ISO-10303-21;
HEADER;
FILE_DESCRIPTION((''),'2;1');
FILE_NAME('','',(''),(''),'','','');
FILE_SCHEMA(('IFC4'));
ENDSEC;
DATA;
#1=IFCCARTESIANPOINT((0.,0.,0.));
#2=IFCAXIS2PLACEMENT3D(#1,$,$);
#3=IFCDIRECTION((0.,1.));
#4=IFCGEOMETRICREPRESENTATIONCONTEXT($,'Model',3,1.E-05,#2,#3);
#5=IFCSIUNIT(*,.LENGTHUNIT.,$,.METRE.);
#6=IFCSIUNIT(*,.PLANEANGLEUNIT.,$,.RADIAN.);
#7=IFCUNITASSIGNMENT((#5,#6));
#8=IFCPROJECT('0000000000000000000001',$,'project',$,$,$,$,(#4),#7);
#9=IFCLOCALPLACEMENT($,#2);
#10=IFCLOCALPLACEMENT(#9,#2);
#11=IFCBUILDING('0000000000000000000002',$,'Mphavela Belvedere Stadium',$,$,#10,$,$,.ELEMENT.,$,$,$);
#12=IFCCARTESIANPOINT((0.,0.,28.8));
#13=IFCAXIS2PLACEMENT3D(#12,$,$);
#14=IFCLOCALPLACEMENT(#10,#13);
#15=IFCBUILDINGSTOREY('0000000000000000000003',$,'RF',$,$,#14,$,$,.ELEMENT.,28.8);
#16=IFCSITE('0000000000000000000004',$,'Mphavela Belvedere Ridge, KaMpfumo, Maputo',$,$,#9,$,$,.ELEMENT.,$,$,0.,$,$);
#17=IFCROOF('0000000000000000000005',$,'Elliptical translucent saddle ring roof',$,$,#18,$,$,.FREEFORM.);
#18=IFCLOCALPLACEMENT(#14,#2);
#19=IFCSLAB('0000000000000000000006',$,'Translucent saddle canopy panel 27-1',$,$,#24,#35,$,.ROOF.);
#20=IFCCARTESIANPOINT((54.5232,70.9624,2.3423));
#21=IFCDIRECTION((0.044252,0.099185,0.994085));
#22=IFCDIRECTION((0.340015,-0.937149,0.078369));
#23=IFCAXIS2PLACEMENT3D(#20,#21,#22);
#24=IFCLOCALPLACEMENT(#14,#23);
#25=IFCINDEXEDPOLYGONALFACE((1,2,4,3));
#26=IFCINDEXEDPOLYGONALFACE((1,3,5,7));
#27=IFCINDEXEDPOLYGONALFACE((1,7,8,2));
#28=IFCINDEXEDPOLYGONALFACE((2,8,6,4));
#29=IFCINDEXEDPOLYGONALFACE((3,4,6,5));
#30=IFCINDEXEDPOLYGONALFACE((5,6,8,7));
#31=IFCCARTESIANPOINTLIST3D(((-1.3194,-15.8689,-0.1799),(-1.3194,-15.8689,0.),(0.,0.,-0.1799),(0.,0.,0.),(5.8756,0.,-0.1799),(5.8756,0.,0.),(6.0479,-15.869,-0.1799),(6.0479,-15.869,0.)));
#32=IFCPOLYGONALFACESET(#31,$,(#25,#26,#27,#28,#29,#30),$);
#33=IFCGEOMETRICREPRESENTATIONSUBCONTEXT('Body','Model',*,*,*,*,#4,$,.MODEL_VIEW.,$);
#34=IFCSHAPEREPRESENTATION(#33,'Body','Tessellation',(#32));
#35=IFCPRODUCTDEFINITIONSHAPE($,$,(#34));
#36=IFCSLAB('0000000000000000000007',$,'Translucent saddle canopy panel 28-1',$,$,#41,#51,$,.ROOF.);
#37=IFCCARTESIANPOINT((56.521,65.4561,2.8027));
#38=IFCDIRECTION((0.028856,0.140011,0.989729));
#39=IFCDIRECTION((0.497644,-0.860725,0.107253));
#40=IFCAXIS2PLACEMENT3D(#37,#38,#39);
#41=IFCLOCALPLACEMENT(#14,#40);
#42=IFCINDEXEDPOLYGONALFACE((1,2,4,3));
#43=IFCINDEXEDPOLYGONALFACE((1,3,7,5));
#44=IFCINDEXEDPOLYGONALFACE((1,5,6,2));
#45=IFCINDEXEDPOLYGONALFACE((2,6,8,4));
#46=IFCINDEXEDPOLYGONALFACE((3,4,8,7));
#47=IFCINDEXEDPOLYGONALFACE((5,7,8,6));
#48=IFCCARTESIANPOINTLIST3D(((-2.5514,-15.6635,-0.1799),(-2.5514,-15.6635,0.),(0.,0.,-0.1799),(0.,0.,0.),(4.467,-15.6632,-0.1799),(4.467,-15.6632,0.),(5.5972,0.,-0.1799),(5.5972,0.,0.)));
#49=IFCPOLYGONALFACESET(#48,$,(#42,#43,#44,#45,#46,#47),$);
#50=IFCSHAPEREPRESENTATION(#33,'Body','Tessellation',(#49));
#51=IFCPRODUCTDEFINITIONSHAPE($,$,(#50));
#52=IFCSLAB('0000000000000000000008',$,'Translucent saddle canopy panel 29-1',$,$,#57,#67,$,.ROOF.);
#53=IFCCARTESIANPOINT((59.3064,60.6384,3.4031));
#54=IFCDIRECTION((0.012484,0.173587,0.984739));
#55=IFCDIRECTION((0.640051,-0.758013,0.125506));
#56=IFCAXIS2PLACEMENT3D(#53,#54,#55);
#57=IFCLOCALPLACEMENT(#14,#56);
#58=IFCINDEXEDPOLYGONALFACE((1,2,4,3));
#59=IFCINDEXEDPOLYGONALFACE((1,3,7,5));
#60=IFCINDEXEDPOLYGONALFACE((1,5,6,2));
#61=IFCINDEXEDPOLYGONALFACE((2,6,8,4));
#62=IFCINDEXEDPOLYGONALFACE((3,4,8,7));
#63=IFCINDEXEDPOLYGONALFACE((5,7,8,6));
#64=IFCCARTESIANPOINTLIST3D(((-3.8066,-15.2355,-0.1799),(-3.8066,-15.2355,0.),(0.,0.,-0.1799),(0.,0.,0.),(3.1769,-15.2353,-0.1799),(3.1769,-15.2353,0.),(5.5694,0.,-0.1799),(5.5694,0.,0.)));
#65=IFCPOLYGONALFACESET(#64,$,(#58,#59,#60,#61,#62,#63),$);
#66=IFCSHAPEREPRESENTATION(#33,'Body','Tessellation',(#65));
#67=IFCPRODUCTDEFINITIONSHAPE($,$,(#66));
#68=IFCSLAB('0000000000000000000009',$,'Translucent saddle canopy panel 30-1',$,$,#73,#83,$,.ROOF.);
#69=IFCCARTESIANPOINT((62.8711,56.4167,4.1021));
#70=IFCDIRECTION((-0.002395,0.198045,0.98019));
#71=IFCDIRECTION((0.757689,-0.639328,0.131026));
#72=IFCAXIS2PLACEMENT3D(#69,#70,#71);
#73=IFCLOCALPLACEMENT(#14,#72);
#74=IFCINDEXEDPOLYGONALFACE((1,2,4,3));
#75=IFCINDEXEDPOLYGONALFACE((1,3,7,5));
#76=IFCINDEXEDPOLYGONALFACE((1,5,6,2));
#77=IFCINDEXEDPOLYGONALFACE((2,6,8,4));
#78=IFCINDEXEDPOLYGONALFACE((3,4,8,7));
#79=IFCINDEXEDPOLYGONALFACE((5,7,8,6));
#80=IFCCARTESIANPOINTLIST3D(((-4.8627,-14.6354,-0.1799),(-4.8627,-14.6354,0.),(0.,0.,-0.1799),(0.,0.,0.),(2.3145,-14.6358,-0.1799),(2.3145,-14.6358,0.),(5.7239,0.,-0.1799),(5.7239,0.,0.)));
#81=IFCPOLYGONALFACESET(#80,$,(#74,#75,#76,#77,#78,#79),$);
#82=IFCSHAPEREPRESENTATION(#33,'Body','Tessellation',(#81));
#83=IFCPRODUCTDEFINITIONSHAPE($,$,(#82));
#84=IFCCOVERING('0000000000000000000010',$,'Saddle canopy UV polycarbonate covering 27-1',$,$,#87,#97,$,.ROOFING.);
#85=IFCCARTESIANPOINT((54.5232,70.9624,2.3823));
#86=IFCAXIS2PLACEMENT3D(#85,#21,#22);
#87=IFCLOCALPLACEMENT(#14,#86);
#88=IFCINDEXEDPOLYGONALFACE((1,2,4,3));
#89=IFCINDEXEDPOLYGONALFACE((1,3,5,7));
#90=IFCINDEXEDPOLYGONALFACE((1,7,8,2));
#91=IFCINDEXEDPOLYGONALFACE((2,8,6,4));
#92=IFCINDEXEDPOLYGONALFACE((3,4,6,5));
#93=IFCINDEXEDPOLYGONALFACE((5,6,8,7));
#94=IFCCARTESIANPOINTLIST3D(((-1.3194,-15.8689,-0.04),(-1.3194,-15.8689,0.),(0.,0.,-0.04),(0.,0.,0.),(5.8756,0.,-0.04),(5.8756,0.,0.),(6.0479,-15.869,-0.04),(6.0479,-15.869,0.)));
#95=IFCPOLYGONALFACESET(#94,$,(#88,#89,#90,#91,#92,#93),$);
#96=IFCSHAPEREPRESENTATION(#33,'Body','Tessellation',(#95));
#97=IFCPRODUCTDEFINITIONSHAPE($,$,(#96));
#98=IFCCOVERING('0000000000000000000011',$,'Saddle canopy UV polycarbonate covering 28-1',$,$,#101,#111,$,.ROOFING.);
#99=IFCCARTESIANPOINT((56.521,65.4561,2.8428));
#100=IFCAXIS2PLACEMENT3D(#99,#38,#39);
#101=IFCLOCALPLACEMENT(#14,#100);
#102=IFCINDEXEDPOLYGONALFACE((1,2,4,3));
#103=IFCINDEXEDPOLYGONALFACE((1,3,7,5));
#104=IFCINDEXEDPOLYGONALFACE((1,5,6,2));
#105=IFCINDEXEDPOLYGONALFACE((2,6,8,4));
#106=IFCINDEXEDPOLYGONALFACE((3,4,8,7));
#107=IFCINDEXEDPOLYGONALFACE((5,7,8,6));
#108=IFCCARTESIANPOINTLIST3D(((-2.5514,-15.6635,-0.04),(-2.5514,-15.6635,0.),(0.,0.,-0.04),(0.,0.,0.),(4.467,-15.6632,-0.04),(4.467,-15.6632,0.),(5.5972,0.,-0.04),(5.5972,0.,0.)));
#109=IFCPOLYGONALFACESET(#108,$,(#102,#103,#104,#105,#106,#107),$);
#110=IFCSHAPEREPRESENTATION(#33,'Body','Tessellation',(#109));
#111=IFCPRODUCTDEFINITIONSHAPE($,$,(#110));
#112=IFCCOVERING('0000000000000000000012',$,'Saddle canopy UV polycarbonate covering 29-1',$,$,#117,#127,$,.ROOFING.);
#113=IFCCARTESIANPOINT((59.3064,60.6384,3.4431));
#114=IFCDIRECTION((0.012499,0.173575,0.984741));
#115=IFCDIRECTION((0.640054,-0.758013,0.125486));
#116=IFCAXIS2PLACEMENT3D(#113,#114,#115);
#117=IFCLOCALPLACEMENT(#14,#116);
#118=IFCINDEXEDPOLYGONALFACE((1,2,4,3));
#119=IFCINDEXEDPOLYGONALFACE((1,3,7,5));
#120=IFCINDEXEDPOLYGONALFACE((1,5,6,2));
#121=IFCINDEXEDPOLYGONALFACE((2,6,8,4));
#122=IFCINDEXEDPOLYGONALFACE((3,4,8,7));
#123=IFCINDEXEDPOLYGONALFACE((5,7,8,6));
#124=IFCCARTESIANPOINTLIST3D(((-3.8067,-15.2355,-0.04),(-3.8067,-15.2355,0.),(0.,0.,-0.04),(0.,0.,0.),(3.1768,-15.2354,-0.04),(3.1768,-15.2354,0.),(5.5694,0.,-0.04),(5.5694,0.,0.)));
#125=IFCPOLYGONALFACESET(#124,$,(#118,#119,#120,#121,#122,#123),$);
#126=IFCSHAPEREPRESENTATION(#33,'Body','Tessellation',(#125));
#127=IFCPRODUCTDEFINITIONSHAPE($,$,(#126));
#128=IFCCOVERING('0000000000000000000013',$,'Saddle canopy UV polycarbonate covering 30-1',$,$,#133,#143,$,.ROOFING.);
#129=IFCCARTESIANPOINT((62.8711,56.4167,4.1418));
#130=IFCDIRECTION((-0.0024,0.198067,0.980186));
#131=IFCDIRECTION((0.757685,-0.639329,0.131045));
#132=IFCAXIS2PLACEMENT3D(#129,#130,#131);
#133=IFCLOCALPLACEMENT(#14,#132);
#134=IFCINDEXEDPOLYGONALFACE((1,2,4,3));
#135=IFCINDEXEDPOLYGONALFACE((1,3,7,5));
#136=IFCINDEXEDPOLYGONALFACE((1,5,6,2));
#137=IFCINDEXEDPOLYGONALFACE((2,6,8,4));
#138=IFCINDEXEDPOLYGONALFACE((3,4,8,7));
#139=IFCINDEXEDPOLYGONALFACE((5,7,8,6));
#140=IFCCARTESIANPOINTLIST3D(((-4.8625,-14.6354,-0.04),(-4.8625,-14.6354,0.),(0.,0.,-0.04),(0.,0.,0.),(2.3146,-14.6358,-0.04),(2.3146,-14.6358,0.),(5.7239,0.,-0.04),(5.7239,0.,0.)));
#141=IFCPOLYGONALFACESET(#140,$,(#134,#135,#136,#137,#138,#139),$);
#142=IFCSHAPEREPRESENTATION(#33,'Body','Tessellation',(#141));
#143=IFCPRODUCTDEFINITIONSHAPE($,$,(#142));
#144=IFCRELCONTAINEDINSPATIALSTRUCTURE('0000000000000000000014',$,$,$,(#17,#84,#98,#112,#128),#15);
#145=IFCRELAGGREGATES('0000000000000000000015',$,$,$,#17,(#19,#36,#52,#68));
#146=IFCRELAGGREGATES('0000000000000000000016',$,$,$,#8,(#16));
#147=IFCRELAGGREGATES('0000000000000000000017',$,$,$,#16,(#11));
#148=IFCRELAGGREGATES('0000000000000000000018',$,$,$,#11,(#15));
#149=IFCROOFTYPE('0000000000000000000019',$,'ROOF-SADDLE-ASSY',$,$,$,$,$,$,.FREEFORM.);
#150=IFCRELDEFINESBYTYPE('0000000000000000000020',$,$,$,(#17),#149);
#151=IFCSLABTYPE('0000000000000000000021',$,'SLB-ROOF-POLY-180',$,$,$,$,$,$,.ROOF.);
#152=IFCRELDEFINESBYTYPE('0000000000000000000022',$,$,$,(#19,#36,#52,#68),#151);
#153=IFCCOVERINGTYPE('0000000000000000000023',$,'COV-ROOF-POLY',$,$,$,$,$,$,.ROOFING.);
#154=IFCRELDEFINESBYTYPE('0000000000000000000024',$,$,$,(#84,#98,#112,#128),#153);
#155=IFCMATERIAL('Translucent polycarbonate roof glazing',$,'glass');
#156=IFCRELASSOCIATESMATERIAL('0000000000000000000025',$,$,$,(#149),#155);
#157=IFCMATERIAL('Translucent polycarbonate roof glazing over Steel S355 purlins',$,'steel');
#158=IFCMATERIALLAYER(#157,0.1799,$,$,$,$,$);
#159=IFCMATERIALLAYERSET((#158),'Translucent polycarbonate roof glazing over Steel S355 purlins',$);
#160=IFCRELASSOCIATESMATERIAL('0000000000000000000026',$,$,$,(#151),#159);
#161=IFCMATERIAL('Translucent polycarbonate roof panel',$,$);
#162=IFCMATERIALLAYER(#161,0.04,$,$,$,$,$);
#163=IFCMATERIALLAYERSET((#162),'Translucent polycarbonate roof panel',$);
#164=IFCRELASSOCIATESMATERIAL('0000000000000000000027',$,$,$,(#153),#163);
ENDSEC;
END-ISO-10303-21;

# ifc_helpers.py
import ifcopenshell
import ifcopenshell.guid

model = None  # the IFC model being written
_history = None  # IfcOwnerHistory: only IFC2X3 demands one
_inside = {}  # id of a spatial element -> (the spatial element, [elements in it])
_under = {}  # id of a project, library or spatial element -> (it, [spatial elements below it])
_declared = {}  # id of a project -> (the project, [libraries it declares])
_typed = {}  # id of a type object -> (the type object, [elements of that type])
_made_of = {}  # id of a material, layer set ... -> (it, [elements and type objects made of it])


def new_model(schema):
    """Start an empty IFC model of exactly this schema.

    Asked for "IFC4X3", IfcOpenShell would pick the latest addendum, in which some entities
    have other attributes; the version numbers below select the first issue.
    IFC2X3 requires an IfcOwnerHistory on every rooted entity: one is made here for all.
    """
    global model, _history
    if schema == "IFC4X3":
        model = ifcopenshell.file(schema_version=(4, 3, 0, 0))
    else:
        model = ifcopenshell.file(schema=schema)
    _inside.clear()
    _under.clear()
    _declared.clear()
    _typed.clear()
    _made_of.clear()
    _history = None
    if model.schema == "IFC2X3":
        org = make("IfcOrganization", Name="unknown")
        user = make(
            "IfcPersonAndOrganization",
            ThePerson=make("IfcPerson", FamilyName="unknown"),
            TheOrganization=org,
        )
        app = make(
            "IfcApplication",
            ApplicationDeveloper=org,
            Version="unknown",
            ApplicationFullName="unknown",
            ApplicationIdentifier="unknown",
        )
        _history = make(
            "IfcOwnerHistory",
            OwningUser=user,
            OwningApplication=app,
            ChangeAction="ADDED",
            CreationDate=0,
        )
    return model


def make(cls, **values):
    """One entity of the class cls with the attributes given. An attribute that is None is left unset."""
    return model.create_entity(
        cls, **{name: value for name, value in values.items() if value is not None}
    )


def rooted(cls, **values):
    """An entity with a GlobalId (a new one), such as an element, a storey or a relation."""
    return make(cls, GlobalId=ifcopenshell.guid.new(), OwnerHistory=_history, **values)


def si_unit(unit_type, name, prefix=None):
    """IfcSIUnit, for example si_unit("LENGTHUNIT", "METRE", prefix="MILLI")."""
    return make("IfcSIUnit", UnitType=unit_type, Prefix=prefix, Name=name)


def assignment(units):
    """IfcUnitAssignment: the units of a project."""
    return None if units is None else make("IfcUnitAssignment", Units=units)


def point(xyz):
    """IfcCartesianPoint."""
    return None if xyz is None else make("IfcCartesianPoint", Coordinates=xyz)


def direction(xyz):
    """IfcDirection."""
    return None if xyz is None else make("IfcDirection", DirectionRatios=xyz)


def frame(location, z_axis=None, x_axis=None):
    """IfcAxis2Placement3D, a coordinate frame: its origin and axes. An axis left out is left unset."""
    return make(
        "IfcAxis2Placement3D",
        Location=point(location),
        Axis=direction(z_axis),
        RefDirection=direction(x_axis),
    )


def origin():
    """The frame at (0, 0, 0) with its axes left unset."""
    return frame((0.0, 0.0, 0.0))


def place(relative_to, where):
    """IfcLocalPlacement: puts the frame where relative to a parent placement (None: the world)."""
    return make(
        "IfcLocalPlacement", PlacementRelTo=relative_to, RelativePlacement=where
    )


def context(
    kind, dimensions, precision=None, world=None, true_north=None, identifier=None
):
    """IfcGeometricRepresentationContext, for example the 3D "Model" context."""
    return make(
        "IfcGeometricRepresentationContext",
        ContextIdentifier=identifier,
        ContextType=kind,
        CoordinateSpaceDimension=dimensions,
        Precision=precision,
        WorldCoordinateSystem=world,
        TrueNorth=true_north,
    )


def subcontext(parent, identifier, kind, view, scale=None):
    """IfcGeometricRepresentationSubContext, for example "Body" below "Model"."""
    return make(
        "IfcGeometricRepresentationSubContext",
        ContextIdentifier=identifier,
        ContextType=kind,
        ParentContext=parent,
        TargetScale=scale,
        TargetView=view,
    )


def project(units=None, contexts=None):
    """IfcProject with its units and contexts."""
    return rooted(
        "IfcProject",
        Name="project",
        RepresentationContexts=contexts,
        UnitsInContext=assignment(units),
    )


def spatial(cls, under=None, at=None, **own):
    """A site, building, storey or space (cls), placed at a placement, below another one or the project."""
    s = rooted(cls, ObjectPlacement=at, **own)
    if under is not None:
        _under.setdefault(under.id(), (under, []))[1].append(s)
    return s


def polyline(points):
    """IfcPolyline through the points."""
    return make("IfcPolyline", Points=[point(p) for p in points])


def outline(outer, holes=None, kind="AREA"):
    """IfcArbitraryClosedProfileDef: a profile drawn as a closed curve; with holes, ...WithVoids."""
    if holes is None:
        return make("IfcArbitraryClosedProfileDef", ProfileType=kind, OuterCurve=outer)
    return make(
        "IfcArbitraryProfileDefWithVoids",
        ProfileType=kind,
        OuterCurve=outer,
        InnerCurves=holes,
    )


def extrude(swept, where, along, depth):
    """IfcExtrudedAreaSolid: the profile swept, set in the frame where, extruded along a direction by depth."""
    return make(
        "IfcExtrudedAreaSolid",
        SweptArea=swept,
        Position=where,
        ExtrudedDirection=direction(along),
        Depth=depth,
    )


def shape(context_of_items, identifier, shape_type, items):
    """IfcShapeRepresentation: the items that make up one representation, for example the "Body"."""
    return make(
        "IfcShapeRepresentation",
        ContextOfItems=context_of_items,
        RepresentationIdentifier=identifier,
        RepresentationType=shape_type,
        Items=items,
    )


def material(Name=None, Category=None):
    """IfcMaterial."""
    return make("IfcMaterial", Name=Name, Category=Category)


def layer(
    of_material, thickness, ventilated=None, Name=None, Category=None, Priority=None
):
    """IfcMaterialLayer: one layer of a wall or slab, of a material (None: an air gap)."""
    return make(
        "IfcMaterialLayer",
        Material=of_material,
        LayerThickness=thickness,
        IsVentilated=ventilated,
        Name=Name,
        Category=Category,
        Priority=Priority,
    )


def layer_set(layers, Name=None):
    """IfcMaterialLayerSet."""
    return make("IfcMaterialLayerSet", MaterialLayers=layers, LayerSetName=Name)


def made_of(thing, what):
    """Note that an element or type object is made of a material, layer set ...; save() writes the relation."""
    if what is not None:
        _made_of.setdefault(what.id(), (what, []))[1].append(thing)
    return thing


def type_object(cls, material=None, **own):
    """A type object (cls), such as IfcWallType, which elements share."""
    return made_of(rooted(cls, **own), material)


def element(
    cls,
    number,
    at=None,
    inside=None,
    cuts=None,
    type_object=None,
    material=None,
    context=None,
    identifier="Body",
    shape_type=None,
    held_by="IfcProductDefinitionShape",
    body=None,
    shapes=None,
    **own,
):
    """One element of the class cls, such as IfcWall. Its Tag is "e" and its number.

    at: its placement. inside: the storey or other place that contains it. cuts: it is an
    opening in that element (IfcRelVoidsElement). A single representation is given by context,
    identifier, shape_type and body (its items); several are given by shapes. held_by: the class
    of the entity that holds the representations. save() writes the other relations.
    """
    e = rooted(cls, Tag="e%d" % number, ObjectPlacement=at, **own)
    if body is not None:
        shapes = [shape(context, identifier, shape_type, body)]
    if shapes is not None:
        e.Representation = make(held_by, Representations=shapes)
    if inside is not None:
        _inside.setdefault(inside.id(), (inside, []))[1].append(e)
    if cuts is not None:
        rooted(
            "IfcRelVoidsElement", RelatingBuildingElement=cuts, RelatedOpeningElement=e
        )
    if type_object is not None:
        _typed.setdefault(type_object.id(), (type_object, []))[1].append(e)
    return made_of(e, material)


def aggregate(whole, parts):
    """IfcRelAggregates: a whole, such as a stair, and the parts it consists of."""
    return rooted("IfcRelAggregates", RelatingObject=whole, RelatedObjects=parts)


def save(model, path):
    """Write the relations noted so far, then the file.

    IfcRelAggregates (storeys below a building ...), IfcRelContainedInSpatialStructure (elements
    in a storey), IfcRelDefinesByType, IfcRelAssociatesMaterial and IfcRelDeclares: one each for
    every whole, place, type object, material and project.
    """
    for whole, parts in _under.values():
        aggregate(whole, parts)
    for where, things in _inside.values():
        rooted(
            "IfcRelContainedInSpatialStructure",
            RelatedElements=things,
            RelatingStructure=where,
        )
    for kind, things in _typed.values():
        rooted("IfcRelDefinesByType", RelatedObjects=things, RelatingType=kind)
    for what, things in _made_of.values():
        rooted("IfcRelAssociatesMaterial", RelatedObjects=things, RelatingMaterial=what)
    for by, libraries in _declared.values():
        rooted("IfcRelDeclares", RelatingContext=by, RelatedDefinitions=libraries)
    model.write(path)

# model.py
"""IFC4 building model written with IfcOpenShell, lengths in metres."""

from ifc_helpers import new_model, si_unit, direction, frame, origin, place, context, subcontext, project, spatial, polyline, outline, extrude, material, layer, layer_set, type_object, element, aggregate, save


model = new_model("IFC4")

# Units and contexts
model_context = context("Model", 3, precision=1e-05, world=origin(), true_north=direction((0.0, 1.0)))
body_context = subcontext(model_context, "Body", "Model", "MODEL_VIEW")
ifc_project = project(units=[si_unit("LENGTHUNIT", "METRE"), si_unit("PLANEANGLEUNIT", "RADIAN")], contexts=[model_context])

# Site, building, storey
site_placement = place(None, origin())
site = spatial("IfcSite", under=ifc_project, at=site_placement, Name="Mphavela Belvedere Ridge, KaMpfumo, Maputo", CompositionType="ELEMENT", RefElevation=0.0)
building_placement = place(site_placement, origin())
building = spatial("IfcBuilding", under=site, at=building_placement, Name="Mphavela Belvedere Stadium", CompositionType="ELEMENT")
storey_placement = place(building_placement, frame((0.0, 0.0, 28.8)))
storey = spatial("IfcBuildingStorey", under=building, at=storey_placement, Name="RF", CompositionType="ELEMENT", Elevation=28.8)

# Roof, slabs
ifc_material_1 = material(Name="Translucent polycarbonate roof glazing", Category="glass")
roof_type = type_object("IfcRoofType", Name="ROOF-SADDLE-ASSY", PredefinedType="FREEFORM", material=ifc_material_1)
roof_placement = place(storey_placement, origin())
roof = element("IfcRoof", 1, at=roof_placement, inside=storey, type_object=roof_type, Name="Elliptical translucent saddle ring roof", PredefinedType="FREEFORM")
ifc_material_2 = material(Name="Translucent polycarbonate roof glazing over Steel S355 purlins", Category="steel")
ifc_layer_1 = layer(ifc_material_2, 0.1799)
ifc_layer_set_1 = layer_set([ifc_layer_1], Name="Translucent polycarbonate roof glazing over Steel S355 purlins")
slab_type = type_object("IfcSlabType", Name="SLB-ROOF-POLY-180", PredefinedType="ROOF", material=ifc_layer_set_1)
slab_1_placement = place(storey_placement, frame((54.5232, 70.9624, 2.3423), z_axis=(0.044252, 0.099185, 0.994085), x_axis=(0.340015, -0.937149, 0.078369)))
slab_1 = element("IfcSlab", 2, at=slab_1_placement, type_object=slab_type, Name="Translucent saddle canopy panel 27-1", PredefinedType="ROOF", context=body_context, shape_type="SweptSolid", body=[
    extrude(outline(polyline([(0.0, 0.0), (5.8756, 0.0), (6.0479, -15.869), (-1.3194, -15.8689), (0.0, 0.0)])), origin(), (0.0, 0.0, -1.0), 0.1799),
])
slab_2_placement = place(storey_placement, frame((56.521, 65.4561, 2.8027), z_axis=(0.028856, 0.140011, 0.989729), x_axis=(0.497644, -0.860725, 0.107253)))
slab_2 = element("IfcSlab", 3, at=slab_2_placement, type_object=slab_type, Name="Translucent saddle canopy panel 28-1", PredefinedType="ROOF", context=body_context, shape_type="SweptSolid", body=[
    extrude(outline(polyline([(0.0, 0.0), (5.5972, 0.0), (4.467, -15.6632), (-2.5514, -15.6635), (0.0, 0.0)])), origin(), (0.0, 0.0, -1.0), 0.1799),
])
slab_3_placement = place(storey_placement, frame((59.3064, 60.6384, 3.4031), z_axis=(0.012484, 0.173587, 0.984739), x_axis=(0.640051, -0.758013, 0.125506)))
slab_3 = element("IfcSlab", 4, at=slab_3_placement, type_object=slab_type, Name="Translucent saddle canopy panel 29-1", PredefinedType="ROOF", context=body_context, shape_type="SweptSolid", body=[
    extrude(outline(polyline([(0.0, 0.0), (5.5694, 0.0), (3.1769, -15.2353), (-3.8066, -15.2355), (0.0, 0.0)])), origin(), (0.0, 0.0, -1.0), 0.1799),
])
slab_4_placement = place(storey_placement, frame((62.8711, 56.4167, 4.1021), z_axis=(-0.002395, 0.198045, 0.98019), x_axis=(0.757689, -0.639328, 0.131026)))
slab_4 = element("IfcSlab", 5, at=slab_4_placement, type_object=slab_type, Name="Translucent saddle canopy panel 30-1", PredefinedType="ROOF", context=body_context, shape_type="SweptSolid", body=[
    extrude(outline(polyline([(0.0, 0.0), (5.7239, 0.0), (2.3145, -14.6358), (-4.8627, -14.6354), (0.0, 0.0)])), origin(), (0.0, 0.0, -1.0), 0.1799),
])
aggregate(roof, [slab_1, slab_2, slab_3, slab_4])

# Coverings
ifc_material_3 = material(Name="Translucent polycarbonate roof panel")
ifc_layer_2 = layer(ifc_material_3, 0.04)
ifc_layer_set_2 = layer_set([ifc_layer_2], Name="Translucent polycarbonate roof panel")
covering_type = type_object("IfcCoveringType", Name="COV-ROOF-POLY", PredefinedType="ROOFING", material=ifc_layer_set_2)
covering_1_placement = place(storey_placement, frame((54.5232, 70.9624, 2.3823), z_axis=(0.044252, 0.099185, 0.994085), x_axis=(0.340015, -0.937149, 0.078369)))
element("IfcCovering", 6, at=covering_1_placement, inside=storey, type_object=covering_type, Name="Saddle canopy UV polycarbonate covering 27-1", PredefinedType="ROOFING", context=body_context, shape_type="SweptSolid", body=[
    extrude(outline(polyline([(0.0, 0.0), (5.8756, 0.0), (6.0479, -15.869), (-1.3194, -15.8689), (0.0, 0.0)])), origin(), (0.0, 0.0, -1.0), 0.04),
])
covering_2_placement = place(storey_placement, frame((56.521, 65.4561, 2.8428), z_axis=(0.028856, 0.140011, 0.989729), x_axis=(0.497644, -0.860725, 0.107253)))
element("IfcCovering", 7, at=covering_2_placement, inside=storey, type_object=covering_type, Name="Saddle canopy UV polycarbonate covering 28-1", PredefinedType="ROOFING", context=body_context, shape_type="SweptSolid", body=[
    extrude(outline(polyline([(0.0, 0.0), (5.5972, 0.0), (4.467, -15.6632), (-2.5514, -15.6635), (0.0, 0.0)])), origin(), (0.0, 0.0, -1.0), 0.04),
])
covering_3_placement = place(storey_placement, frame((59.3064, 60.6384, 3.4431), z_axis=(0.012499, 0.173575, 0.984741), x_axis=(0.640054, -0.758013, 0.125486)))
element("IfcCovering", 8, at=covering_3_placement, inside=storey, type_object=covering_type, Name="Saddle canopy UV polycarbonate covering 29-1", PredefinedType="ROOFING", context=body_context, shape_type="SweptSolid", body=[
    extrude(outline(polyline([(0.0, 0.0), (5.5694, 0.0), (3.1768, -15.2354), (-3.8067, -15.2355), (0.0, 0.0)])), origin(), (0.0, 0.0, -1.0), 0.04),
])
covering_4_placement = place(storey_placement, frame((62.8711, 56.4167, 4.1418), z_axis=(-0.0024, 0.198067, 0.980186), x_axis=(0.757685, -0.639329, 0.131045)))
element("IfcCovering", 9, at=covering_4_placement, inside=storey, type_object=covering_type, Name="Saddle canopy UV polycarbonate covering 30-1", PredefinedType="ROOFING", context=body_context, shape_type="SweptSolid", body=[
    extrude(outline(polyline([(0.0, 0.0), (5.7239, 0.0), (2.3146, -14.6358), (-4.8625, -14.6354), (0.0, 0.0)])), origin(), (0.0, 0.0, -1.0), 0.04),
])

save(model, "model.ifc")
